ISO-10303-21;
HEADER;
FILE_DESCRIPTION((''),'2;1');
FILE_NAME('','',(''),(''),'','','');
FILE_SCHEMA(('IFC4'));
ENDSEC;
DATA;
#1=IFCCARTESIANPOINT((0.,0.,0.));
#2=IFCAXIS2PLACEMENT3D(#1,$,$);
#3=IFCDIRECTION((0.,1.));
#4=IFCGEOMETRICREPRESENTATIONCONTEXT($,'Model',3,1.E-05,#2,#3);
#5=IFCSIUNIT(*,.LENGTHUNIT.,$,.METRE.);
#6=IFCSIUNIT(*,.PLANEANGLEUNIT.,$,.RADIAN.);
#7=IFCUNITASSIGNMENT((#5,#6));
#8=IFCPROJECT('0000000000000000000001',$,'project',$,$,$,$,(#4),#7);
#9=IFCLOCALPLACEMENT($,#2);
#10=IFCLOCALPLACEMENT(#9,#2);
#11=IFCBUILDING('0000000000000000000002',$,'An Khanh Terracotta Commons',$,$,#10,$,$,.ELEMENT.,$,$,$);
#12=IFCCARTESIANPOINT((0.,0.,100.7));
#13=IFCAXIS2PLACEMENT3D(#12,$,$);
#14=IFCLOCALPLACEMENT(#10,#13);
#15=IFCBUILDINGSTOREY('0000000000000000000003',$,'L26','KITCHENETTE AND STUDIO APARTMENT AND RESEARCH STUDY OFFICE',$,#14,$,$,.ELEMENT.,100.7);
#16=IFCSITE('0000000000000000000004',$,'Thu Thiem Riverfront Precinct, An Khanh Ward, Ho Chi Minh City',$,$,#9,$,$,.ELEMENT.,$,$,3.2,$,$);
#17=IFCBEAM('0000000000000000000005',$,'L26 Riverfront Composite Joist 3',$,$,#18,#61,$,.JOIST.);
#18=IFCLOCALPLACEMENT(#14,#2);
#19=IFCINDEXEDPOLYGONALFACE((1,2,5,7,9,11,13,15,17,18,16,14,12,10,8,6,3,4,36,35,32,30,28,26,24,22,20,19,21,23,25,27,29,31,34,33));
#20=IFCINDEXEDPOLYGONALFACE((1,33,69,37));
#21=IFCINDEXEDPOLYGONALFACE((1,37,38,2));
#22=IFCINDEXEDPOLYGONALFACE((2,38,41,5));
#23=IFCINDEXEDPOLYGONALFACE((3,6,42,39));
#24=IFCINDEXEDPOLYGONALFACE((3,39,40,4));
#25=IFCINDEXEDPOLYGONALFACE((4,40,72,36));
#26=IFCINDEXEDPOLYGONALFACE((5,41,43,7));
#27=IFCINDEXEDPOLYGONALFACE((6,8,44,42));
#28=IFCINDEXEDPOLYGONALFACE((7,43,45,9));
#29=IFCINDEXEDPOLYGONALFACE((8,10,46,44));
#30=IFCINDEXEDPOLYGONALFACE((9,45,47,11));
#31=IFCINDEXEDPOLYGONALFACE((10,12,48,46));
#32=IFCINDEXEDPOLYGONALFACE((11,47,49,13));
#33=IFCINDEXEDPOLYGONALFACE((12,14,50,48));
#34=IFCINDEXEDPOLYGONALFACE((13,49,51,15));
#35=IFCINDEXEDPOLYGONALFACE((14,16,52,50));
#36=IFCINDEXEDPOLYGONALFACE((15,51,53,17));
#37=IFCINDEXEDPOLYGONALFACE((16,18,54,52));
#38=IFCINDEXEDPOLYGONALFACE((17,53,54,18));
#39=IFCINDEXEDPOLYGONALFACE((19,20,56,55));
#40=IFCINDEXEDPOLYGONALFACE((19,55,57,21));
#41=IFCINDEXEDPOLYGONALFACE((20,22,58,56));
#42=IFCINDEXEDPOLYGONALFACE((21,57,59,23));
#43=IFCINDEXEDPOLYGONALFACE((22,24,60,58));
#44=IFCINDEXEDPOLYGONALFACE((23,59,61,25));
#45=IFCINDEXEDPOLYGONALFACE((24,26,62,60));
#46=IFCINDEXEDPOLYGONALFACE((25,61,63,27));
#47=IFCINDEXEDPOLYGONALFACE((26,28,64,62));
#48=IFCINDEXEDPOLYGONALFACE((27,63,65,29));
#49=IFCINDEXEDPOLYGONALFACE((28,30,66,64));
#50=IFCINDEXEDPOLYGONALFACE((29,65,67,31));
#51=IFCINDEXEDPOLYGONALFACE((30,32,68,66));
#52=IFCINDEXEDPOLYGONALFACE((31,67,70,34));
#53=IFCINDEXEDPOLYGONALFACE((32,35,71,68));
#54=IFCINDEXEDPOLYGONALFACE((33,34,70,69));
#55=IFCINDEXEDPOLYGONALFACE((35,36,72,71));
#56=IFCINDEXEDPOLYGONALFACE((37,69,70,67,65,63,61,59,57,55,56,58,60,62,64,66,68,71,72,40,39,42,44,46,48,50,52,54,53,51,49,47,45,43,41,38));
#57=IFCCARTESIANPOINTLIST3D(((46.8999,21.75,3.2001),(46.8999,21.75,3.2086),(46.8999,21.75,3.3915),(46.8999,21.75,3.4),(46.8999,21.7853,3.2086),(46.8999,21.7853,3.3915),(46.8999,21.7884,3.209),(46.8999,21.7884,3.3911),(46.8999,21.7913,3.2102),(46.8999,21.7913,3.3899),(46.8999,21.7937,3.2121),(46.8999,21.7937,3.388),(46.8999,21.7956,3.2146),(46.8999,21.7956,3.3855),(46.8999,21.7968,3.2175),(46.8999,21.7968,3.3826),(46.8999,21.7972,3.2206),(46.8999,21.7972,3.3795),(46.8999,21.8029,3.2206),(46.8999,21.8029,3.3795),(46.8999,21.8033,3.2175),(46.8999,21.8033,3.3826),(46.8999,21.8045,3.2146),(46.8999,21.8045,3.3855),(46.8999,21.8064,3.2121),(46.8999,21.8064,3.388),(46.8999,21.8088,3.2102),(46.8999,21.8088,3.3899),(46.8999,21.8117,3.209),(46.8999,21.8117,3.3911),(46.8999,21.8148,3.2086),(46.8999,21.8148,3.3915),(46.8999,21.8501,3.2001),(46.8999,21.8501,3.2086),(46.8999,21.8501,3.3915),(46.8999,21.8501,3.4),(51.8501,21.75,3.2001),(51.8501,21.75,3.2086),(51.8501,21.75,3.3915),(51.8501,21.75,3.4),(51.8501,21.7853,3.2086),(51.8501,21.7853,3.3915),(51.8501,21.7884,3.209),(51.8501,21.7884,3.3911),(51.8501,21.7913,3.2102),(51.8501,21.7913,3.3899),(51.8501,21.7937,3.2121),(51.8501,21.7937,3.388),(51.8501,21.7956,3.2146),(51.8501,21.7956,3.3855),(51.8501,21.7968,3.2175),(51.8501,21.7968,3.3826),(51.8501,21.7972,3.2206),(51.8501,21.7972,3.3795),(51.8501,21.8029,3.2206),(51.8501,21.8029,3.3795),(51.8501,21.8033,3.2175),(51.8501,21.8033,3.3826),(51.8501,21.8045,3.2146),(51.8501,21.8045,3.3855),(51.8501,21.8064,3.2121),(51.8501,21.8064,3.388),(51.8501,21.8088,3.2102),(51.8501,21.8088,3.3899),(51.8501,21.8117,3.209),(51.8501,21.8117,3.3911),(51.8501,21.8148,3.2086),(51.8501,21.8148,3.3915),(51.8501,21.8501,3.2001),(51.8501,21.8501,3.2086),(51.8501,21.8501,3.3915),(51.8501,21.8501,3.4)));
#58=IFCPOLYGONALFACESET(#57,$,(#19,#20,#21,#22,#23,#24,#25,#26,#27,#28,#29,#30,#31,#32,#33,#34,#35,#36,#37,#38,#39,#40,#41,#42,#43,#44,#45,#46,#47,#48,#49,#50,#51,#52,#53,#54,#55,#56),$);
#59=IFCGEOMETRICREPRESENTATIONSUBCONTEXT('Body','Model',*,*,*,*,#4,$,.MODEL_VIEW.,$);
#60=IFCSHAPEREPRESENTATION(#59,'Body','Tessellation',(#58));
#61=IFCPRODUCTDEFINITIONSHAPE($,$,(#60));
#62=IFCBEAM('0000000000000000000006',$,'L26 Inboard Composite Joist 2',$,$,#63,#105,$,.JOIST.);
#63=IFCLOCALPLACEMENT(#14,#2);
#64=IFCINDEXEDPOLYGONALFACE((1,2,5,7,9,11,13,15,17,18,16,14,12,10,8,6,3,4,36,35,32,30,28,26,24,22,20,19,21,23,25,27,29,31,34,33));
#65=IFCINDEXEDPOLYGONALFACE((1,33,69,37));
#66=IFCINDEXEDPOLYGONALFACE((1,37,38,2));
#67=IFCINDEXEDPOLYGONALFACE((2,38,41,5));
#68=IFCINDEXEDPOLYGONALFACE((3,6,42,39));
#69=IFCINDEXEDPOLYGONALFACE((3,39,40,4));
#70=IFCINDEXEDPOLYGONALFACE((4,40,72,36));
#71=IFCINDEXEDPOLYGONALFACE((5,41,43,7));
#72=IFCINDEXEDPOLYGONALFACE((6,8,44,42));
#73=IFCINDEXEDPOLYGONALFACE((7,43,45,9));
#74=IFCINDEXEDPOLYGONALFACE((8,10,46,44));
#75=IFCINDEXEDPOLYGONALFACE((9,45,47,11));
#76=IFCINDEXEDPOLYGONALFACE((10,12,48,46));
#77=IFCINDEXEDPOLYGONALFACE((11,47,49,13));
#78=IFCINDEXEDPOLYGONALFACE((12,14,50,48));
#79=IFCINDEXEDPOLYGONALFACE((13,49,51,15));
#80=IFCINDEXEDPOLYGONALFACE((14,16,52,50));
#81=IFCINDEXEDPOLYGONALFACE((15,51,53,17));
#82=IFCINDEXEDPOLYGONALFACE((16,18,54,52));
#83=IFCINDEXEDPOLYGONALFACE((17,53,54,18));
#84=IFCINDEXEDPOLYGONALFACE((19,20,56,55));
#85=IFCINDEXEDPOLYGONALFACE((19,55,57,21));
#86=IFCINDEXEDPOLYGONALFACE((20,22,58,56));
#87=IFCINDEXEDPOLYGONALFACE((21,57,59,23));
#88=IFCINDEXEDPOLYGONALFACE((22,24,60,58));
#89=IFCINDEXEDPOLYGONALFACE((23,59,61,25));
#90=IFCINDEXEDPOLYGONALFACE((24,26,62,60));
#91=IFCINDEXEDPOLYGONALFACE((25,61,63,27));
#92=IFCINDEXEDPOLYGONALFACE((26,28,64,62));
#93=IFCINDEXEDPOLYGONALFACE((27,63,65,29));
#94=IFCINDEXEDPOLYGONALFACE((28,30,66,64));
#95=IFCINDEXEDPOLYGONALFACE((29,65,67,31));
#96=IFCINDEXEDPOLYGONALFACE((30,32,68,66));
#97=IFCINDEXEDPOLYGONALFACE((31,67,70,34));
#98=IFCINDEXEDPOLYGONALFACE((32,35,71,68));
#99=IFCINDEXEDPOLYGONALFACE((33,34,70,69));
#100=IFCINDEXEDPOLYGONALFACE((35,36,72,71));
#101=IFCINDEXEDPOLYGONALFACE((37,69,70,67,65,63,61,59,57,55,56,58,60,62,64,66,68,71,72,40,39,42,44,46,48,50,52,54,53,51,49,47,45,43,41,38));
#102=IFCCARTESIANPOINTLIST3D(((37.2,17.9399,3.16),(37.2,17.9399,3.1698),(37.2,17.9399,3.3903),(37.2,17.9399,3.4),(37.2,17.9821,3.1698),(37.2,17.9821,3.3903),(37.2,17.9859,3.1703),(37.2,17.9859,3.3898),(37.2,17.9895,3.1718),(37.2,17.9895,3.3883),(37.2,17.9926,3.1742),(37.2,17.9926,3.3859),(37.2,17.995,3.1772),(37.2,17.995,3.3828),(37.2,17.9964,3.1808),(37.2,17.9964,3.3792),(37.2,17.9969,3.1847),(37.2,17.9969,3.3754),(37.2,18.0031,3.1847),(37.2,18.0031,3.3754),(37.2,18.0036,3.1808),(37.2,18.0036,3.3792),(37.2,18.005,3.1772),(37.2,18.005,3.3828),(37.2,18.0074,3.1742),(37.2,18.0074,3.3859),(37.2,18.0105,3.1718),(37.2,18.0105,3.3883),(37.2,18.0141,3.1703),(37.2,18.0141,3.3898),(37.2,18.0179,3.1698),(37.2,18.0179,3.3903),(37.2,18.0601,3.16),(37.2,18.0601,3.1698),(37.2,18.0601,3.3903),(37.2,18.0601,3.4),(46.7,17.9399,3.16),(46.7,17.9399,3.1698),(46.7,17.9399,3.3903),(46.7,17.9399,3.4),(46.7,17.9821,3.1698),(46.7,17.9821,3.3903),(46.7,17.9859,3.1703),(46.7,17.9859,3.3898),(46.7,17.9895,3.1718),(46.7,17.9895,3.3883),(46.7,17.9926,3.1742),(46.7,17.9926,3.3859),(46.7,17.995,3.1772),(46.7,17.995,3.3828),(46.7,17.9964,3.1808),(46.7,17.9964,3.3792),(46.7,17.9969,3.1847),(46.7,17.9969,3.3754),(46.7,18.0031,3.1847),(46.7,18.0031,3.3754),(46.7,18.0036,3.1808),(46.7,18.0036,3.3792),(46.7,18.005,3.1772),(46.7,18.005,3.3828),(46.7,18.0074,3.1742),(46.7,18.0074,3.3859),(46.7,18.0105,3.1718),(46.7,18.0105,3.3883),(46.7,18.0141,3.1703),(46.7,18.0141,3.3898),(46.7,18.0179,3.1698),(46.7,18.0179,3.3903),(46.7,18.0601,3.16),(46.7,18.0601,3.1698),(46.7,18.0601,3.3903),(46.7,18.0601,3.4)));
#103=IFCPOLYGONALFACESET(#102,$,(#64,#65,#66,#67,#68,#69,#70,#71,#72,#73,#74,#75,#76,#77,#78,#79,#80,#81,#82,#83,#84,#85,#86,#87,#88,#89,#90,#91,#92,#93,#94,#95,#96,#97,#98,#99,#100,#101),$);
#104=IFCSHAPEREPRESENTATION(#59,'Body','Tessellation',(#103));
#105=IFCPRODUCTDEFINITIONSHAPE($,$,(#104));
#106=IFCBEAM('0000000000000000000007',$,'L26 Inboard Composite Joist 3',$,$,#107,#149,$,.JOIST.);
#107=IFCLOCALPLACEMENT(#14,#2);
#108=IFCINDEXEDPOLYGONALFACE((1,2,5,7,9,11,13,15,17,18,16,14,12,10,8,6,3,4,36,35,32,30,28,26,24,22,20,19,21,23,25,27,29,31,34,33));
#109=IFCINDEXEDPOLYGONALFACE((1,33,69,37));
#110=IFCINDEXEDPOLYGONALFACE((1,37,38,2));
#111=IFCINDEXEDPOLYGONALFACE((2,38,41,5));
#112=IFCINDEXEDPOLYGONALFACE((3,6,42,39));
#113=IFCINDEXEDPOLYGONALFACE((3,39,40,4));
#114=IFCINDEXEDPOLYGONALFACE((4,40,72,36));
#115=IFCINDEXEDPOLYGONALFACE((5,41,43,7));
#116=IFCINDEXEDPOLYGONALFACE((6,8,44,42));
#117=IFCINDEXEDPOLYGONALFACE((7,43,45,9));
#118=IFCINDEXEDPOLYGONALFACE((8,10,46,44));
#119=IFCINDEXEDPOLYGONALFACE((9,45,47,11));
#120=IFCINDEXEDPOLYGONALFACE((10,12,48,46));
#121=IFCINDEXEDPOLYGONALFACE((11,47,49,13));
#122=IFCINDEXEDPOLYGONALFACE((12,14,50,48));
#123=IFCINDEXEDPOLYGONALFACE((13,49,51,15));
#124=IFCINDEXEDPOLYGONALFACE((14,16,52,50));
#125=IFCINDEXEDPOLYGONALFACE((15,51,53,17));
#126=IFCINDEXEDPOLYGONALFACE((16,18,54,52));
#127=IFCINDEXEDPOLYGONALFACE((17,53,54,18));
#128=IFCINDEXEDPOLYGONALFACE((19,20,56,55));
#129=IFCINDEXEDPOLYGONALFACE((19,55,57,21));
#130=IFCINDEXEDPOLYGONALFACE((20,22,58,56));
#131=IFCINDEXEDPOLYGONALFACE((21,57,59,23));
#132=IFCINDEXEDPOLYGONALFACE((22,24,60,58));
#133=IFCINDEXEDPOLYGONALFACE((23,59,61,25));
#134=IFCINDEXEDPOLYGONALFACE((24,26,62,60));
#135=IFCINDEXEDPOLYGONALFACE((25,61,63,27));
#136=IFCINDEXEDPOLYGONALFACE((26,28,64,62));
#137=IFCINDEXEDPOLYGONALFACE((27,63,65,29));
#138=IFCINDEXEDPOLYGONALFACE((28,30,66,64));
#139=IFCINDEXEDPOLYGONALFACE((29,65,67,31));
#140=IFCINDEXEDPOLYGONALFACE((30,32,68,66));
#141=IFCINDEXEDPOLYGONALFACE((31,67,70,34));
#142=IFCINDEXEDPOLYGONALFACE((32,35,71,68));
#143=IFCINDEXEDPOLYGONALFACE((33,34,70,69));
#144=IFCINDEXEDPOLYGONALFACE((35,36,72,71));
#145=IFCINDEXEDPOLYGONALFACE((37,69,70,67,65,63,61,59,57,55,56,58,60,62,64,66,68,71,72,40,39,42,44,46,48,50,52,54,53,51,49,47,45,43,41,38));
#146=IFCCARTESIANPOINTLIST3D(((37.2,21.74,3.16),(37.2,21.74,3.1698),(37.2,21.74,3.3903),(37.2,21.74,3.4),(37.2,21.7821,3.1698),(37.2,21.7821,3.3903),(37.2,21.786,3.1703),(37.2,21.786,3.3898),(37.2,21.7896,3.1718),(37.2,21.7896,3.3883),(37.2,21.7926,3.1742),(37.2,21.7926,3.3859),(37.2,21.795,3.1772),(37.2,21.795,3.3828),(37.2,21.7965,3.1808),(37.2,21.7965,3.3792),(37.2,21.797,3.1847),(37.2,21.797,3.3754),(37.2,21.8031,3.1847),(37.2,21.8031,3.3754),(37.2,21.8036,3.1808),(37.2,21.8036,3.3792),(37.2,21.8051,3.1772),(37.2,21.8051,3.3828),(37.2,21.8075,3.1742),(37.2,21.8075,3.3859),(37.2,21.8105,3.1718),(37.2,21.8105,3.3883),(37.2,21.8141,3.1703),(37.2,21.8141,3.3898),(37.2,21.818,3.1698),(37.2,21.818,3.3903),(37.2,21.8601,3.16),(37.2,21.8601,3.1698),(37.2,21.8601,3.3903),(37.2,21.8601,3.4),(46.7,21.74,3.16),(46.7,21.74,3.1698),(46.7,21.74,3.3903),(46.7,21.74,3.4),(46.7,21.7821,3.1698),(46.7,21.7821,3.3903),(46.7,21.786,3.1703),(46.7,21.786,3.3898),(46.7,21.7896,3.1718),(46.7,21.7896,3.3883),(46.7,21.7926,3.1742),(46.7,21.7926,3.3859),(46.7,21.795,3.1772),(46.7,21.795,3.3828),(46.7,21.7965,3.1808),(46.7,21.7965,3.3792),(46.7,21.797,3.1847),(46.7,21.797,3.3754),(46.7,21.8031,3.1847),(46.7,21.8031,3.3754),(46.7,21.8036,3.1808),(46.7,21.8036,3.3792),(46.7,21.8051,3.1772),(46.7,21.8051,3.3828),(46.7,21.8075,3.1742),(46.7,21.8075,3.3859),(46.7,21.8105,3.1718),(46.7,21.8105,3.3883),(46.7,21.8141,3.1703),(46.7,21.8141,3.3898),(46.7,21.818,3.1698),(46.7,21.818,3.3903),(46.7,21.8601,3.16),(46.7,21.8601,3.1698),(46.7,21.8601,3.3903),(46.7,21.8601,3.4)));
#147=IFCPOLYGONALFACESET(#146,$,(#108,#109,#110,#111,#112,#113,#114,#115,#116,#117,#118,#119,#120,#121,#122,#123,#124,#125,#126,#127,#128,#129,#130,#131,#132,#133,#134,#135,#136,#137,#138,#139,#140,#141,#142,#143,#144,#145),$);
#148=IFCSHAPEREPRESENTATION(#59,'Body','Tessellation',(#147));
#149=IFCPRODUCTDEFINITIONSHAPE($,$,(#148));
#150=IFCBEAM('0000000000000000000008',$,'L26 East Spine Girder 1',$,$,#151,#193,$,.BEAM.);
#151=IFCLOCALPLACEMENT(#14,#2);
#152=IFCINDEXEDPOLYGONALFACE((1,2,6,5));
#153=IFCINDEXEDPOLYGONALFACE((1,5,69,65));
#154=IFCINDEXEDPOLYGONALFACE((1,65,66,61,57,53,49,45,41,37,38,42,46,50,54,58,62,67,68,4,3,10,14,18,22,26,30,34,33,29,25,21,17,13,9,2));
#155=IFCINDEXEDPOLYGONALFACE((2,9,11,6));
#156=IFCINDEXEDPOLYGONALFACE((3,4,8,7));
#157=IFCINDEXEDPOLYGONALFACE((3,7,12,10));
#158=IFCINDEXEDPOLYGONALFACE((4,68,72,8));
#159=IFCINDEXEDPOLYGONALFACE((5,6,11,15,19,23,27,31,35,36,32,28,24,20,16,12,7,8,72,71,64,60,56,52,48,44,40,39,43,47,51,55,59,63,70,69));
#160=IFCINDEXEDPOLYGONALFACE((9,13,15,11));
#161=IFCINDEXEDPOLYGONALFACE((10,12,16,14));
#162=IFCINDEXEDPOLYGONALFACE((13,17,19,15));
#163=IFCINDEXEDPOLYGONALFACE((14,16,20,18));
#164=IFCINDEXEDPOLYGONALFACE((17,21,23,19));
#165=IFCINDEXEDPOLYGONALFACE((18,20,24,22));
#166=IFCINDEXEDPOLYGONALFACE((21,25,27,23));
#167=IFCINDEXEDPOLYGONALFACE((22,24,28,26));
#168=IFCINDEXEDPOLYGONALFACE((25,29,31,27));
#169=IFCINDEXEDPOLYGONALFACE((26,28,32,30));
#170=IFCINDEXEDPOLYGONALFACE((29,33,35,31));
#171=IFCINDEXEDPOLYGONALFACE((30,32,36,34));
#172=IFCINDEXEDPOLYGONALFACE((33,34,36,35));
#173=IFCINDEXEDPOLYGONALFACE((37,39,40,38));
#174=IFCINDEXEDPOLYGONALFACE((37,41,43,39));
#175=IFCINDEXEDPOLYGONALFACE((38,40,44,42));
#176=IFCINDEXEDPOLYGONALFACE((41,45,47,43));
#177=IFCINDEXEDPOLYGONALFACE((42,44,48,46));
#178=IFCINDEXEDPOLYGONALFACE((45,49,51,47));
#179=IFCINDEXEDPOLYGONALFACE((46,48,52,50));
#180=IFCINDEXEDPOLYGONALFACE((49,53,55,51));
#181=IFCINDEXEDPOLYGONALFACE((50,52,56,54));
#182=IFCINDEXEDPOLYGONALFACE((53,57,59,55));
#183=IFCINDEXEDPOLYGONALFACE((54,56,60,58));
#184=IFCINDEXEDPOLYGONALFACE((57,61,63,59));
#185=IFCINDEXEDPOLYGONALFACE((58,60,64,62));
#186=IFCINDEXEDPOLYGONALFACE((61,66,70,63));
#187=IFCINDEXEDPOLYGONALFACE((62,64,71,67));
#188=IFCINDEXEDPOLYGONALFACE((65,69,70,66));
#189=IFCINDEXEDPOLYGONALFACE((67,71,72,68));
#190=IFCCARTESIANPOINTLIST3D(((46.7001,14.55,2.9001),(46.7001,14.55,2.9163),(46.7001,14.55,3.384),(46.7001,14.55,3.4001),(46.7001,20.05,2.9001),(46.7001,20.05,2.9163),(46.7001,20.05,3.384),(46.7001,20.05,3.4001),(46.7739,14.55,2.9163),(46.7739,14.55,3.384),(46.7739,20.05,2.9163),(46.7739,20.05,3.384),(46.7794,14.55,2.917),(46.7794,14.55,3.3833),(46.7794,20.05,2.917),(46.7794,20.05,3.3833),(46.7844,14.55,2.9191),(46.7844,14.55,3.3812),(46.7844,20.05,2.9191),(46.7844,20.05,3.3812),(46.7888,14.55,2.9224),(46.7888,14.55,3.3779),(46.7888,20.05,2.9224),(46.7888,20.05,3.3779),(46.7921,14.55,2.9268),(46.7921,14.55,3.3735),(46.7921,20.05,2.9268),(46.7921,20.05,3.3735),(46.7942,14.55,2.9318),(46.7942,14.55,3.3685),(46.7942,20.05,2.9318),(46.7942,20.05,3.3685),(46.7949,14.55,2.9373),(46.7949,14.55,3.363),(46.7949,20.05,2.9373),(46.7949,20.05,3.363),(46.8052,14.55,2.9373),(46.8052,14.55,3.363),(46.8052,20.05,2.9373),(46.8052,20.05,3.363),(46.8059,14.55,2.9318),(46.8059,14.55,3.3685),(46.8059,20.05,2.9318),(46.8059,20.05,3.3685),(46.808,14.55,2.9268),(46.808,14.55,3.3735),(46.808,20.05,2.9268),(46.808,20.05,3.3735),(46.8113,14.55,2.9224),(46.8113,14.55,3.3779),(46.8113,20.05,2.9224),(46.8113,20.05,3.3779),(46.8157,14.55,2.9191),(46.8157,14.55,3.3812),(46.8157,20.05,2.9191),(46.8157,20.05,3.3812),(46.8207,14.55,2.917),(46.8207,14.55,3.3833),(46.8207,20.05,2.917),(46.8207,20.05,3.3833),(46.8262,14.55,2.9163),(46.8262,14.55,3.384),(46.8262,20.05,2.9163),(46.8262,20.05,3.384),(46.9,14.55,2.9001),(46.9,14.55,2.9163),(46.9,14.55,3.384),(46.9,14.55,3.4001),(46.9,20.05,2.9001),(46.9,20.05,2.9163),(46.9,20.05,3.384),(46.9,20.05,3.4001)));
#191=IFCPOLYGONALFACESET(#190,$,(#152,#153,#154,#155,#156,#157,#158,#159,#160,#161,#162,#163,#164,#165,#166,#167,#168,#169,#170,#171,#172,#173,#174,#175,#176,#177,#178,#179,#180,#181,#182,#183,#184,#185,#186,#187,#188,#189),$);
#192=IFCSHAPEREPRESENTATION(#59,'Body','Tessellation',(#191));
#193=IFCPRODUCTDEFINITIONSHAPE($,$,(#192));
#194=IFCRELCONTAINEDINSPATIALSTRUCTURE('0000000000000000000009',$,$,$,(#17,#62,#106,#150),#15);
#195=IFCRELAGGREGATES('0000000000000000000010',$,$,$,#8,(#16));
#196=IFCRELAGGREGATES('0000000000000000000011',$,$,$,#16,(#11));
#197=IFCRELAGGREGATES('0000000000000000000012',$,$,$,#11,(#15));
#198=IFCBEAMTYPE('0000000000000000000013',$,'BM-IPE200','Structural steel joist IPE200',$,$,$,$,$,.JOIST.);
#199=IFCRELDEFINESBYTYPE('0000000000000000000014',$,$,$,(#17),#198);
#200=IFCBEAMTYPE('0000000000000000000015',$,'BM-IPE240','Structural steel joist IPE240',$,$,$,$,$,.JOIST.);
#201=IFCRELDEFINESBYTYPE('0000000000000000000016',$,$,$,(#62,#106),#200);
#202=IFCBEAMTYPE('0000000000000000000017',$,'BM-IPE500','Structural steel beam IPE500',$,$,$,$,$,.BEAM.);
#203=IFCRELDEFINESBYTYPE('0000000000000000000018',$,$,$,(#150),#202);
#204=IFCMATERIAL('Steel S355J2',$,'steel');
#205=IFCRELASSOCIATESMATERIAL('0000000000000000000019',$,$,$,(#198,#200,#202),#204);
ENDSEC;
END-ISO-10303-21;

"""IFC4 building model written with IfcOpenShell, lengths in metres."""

from ifc_helpers import new_model, si_unit, direction, frame, origin, origin_2d, place, context, subcontext, project, spatial, i_section, extrude, material, material_profile, profile_set, type_object, element, save


model = new_model("IFC4")

# Units and contexts
model_context = context("Model", 3, precision=1e-05, world=origin(), true_north=direction((0.0, 1.0)))
body_context = subcontext(model_context, "Body", "Model", "MODEL_VIEW")
ifc_project = project(units=[si_unit("LENGTHUNIT", "METRE"), si_unit("PLANEANGLEUNIT", "RADIAN")], contexts=[model_context])

# Site, building, storey
site_placement = place(None, origin())
site = spatial("IfcSite", under=ifc_project, at=site_placement, Name="Thu Thiem Riverfront Precinct, An Khanh Ward, Ho Chi Minh City", CompositionType="ELEMENT", RefElevation=3.2)
building_placement = place(site_placement, origin())
building = spatial("IfcBuilding", under=site, at=building_placement, Name="An Khanh Terracotta Commons", CompositionType="ELEMENT")
storey_placement = place(building_placement, frame((0.0, 0.0, 100.7)))
storey = spatial("IfcBuildingStorey", under=building, at=storey_placement, Name="L26", Description="KITCHENETTE AND STUDIO APARTMENT AND RESEARCH STUDY OFFICE", CompositionType="ELEMENT", Elevation=100.7)

# Beams
ifc_material_1 = material(Name="Steel S355J2", Category="steel")
ifc_material_profile_1 = material_profile(ifc_material_1, i_section(OverallWidth=0.1001, OverallDepth=0.2, WebThickness=0.0056, FlangeThickness=0.0085, FilletRadius=0.012, at=origin_2d()), Name="IPE200")
ifc_profile_set_1 = profile_set([ifc_material_profile_1], Name="Steel S355J2")
beam_type_1 = type_object("IfcBeamType", Name="BM-IPE200", Description="Structural steel joist IPE200", PredefinedType="JOIST", material=ifc_profile_set_1)
for number, where, z_axis, x_axis, name in (
    (1, (46.8999, 21.8, 3.3), (1.0, 0.0, 0.0), (0.0, 1.0, 0.0), "L26 Riverfront Composite Joist 3"),
):
    element("IfcBeam", number, at=place(storey_placement, frame(where, z_axis=z_axis, x_axis=x_axis)), inside=storey, type_object=beam_type_1, Name=name, PredefinedType="JOIST", context=body_context, shape_type="SweptSolid", body=[
        extrude(i_section(OverallWidth=0.1001, OverallDepth=0.2, WebThickness=0.0056, FlangeThickness=0.0085, FilletRadius=0.012, at=origin_2d()), origin(), (0.0, 0.0, 1.0), 4.9502),
    ])
ifc_material_profile_2 = material_profile(ifc_material_1, i_section(OverallWidth=0.1201, OverallDepth=0.24, WebThickness=0.0061, FlangeThickness=0.0098, FilletRadius=0.0149, at=origin_2d()), Name="IPE240")
ifc_profile_set_2 = profile_set([ifc_material_profile_2], Name="Steel S355J2")
beam_type_2 = type_object("IfcBeamType", Name="BM-IPE240", Description="Structural steel joist IPE240", PredefinedType="JOIST", material=ifc_profile_set_2)
for number, where, z_axis, x_axis, name in (
    (2, (37.2, 18.0, 3.28), (1.0, 0.0, 0.0), (0.0, 1.0, 0.0), "L26 Inboard Composite Joist 2"),
    (3, (37.2, 21.8, 3.28), (1.0, 0.0, 0.0), (0.0, 1.0, 0.0), "L26 Inboard Composite Joist 3"),
):
    element("IfcBeam", number, at=place(storey_placement, frame(where, z_axis=z_axis, x_axis=x_axis)), inside=storey, type_object=beam_type_2, Name=name, PredefinedType="JOIST", context=body_context, shape_type="SweptSolid", body=[
        extrude(i_section(OverallWidth=0.1201, OverallDepth=0.24, WebThickness=0.0061, FlangeThickness=0.0098, FilletRadius=0.0149, at=origin_2d()), origin(), (0.0, 0.0, 1.0), 9.5),
    ])
ifc_material_profile_3 = material_profile(ifc_material_1, i_section(OverallWidth=0.2, OverallDepth=0.5, WebThickness=0.0103, FlangeThickness=0.0161, FilletRadius=0.021, at=origin_2d()), Name="IPE500")
ifc_profile_set_3 = profile_set([ifc_material_profile_3], Name="Steel S355J2")
beam_type_3 = type_object("IfcBeamType", Name="BM-IPE500", Description="Structural steel beam IPE500", PredefinedType="BEAM", material=ifc_profile_set_3)
beam_1_placement = place(storey_placement, frame((46.8, 14.55, 3.1501), z_axis=(0.0, 1.0, 0.0), x_axis=(-1.0, 0.0, 0.0)))
element("IfcBeam", 4, at=beam_1_placement, inside=storey, type_object=beam_type_3, Name="L26 East Spine Girder 1", PredefinedType="BEAM", context=body_context, shape_type="SweptSolid", body=[
    extrude(i_section(OverallWidth=0.2, OverallDepth=0.5, WebThickness=0.0103, FlangeThickness=0.0161, FilletRadius=0.021, at=origin_2d()), origin(), (0.0, 0.0, 1.0), 5.5),
])

save(model, "model.ifc")
